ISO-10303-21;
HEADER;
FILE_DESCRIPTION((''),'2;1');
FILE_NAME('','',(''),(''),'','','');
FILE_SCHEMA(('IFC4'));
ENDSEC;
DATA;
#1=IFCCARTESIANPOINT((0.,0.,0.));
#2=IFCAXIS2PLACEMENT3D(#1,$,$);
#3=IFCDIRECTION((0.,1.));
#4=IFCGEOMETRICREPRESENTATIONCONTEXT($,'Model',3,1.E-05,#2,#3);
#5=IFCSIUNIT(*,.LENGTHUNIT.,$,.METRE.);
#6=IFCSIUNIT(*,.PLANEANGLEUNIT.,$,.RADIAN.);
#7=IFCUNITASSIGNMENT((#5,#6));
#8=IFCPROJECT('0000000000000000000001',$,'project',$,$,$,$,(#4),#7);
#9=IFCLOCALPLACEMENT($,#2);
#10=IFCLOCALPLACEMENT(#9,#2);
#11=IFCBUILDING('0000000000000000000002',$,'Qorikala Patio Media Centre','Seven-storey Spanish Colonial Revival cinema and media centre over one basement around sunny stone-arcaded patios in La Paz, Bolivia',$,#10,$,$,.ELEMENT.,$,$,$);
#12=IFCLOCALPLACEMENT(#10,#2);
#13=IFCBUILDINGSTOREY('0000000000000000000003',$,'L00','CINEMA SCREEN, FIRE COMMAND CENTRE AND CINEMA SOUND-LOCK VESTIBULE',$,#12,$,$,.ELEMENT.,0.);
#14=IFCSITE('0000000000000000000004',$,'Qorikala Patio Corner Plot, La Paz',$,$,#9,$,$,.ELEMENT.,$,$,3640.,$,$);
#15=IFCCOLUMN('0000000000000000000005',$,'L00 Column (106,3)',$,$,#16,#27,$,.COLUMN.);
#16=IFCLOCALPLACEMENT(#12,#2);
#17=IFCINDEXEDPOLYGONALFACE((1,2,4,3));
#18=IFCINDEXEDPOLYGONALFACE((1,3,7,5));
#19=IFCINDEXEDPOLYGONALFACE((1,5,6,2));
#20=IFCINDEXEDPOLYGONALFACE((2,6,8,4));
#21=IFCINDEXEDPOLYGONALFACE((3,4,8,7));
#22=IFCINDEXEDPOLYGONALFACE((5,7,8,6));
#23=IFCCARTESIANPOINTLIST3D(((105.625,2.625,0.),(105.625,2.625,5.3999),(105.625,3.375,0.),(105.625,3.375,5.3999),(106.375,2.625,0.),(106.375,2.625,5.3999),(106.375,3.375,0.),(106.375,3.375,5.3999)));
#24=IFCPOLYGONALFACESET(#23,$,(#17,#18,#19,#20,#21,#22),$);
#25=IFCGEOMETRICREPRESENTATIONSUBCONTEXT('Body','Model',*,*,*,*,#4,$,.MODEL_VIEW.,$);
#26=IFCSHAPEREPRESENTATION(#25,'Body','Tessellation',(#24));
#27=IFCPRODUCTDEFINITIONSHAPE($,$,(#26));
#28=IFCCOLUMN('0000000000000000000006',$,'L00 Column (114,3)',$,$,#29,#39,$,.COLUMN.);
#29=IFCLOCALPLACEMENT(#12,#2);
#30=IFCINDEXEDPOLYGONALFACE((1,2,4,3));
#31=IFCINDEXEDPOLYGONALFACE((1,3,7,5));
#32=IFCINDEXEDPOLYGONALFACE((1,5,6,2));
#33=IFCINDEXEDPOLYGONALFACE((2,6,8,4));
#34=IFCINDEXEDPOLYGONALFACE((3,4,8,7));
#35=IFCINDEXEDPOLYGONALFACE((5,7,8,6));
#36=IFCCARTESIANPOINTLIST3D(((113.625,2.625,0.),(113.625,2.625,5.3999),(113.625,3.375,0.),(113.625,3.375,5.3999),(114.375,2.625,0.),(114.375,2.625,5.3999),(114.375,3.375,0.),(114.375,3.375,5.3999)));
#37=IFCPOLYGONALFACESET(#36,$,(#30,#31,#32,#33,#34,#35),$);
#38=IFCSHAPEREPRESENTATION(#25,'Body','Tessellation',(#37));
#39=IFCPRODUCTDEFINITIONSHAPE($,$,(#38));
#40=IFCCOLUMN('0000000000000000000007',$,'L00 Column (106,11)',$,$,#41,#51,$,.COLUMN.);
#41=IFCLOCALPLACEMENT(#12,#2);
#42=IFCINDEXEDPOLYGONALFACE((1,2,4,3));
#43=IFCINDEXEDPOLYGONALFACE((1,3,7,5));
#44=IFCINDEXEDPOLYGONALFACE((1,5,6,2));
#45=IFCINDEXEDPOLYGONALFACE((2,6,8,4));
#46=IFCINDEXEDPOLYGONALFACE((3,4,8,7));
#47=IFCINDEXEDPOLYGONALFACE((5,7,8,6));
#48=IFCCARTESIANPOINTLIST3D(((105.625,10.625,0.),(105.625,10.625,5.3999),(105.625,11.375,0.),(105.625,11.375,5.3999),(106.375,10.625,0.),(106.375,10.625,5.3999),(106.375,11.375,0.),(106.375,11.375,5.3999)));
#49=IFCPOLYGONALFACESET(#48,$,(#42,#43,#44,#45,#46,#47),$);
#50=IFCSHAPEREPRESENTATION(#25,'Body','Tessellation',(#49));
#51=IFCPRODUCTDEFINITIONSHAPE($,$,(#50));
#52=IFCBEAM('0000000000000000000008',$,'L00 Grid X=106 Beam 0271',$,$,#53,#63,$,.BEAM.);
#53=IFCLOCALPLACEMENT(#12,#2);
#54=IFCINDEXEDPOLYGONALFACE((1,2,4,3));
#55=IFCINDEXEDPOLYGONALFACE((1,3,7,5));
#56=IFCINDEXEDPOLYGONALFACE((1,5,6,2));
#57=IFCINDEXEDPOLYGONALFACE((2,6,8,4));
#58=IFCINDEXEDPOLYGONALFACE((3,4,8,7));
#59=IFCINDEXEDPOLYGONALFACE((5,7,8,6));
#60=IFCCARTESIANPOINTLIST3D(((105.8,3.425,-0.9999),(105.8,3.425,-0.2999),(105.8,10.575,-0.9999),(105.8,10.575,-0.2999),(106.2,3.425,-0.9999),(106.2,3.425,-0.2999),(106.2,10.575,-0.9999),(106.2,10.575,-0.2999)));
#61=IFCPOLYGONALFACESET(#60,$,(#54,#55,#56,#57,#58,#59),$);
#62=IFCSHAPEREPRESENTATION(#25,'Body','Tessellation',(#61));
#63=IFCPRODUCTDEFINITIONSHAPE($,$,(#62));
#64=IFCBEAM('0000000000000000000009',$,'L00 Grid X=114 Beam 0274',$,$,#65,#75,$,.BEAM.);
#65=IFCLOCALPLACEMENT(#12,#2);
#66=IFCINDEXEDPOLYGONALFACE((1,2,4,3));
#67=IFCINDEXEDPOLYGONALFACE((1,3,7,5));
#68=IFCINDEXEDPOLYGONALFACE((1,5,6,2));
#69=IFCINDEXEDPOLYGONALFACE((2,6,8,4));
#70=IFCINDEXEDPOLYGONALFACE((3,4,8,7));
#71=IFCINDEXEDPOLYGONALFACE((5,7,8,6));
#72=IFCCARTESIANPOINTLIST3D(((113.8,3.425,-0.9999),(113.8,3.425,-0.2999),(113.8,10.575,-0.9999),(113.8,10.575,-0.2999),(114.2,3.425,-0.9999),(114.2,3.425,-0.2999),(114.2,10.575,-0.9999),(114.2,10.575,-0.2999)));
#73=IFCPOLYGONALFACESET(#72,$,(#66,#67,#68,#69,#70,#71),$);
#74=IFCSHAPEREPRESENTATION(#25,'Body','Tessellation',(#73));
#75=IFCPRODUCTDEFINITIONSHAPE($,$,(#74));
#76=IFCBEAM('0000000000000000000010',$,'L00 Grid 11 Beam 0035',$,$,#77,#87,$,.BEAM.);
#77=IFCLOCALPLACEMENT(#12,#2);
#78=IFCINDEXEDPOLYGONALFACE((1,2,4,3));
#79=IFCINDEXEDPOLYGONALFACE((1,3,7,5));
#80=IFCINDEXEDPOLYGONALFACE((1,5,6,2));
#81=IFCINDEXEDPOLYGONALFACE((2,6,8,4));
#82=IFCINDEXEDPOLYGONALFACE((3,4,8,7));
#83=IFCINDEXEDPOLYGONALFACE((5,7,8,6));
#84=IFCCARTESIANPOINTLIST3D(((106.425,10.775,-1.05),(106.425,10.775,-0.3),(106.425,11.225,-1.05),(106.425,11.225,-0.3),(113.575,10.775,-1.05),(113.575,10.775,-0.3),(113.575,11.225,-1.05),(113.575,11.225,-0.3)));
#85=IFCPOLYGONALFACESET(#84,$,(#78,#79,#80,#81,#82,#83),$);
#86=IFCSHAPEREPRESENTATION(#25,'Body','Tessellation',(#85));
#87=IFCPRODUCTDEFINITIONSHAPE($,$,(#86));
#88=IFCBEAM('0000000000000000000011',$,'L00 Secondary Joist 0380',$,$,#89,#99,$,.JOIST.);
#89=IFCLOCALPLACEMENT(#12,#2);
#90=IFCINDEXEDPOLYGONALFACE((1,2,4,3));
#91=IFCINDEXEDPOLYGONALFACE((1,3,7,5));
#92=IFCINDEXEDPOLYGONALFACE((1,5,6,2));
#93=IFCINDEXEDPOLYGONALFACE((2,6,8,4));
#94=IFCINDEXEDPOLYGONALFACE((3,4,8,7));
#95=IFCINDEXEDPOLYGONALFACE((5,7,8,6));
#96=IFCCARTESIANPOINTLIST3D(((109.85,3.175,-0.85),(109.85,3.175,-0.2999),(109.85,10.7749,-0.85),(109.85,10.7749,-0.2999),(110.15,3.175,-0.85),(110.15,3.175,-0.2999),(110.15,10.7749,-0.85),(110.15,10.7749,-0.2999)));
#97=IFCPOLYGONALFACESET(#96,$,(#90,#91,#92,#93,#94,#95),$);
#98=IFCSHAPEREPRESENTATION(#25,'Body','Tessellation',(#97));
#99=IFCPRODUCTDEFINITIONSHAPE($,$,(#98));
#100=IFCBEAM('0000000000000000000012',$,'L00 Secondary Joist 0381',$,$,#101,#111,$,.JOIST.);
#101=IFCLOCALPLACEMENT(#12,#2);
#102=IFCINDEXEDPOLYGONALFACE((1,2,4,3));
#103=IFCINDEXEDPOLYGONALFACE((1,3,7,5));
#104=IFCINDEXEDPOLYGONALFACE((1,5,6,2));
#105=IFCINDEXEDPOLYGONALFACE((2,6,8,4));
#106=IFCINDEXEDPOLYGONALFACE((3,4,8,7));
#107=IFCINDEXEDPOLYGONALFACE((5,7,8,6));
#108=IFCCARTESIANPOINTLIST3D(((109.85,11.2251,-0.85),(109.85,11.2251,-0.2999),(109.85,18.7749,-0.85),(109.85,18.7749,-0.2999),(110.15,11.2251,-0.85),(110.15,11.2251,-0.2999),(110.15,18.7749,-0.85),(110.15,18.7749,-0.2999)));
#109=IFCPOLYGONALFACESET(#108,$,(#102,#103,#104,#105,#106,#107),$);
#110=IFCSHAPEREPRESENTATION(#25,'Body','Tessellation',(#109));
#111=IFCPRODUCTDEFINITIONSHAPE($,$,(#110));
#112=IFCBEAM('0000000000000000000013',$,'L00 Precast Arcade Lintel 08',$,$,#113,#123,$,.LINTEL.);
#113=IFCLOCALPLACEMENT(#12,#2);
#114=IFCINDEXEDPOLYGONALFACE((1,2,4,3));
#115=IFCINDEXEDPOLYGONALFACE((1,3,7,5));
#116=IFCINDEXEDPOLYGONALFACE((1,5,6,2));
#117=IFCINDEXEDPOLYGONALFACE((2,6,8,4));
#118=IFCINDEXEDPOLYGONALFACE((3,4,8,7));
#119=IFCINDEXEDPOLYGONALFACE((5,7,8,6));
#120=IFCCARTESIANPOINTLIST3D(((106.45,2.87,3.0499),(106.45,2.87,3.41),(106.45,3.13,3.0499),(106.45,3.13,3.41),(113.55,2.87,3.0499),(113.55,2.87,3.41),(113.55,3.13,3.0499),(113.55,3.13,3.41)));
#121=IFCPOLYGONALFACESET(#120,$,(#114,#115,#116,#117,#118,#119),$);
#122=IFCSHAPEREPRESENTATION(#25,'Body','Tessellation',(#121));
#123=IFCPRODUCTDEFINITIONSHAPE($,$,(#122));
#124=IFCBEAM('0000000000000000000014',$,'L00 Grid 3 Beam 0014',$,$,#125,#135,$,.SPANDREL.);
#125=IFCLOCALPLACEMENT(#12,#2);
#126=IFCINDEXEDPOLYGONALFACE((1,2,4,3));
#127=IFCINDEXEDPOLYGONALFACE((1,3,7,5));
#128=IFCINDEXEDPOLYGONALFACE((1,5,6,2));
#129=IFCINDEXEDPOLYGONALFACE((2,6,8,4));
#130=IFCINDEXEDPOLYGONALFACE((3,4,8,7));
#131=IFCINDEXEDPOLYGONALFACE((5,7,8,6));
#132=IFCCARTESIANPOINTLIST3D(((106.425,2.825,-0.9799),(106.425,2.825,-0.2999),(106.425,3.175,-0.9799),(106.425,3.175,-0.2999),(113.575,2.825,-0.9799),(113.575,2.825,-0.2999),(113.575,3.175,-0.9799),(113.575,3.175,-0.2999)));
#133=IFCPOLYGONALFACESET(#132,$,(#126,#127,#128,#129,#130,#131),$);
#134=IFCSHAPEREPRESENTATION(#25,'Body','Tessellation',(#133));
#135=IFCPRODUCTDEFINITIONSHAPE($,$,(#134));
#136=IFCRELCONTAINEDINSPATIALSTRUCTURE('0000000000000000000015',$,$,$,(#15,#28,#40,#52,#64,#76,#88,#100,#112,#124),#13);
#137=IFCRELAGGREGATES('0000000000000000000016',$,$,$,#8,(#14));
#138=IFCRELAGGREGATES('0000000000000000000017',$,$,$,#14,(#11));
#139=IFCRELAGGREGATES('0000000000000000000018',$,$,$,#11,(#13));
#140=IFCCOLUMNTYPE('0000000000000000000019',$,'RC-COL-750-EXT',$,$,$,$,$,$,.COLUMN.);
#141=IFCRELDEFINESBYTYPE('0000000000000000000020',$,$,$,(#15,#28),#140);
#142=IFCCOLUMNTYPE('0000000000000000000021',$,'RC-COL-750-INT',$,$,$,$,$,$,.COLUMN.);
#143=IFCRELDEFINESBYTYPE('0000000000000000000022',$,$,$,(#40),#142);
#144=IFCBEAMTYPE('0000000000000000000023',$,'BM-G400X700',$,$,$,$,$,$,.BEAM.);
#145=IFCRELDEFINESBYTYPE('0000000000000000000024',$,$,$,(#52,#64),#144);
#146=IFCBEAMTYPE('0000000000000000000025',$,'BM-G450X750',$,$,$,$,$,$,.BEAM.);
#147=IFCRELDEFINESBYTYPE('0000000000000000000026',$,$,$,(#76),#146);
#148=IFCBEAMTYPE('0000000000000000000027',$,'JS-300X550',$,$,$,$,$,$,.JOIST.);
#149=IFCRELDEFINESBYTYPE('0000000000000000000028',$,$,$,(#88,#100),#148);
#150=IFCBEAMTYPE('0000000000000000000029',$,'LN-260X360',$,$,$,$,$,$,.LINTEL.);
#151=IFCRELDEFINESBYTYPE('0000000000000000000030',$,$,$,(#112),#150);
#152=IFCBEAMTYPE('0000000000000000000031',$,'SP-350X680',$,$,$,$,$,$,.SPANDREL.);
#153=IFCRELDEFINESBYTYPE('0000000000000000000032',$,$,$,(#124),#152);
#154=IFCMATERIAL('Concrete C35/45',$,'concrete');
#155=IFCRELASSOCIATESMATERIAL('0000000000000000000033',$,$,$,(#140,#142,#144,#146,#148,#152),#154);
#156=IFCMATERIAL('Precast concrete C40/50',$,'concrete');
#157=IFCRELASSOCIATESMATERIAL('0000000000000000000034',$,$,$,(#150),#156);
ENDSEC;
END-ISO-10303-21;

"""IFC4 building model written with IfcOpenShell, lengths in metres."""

from ifc_helpers import new_model, si_unit, direction, frame, origin, origin_2d, place, context, subcontext, project, spatial, rectangle, extrude, material, material_profile, profile_set, type_object, element, save


model = new_model("IFC4")

# Units and contexts
model_context = context("Model", 3, precision=1e-05, world=origin(), true_north=direction((0.0, 1.0)))
body_context = subcontext(model_context, "Body", "Model", "MODEL_VIEW")
ifc_project = project(units=[si_unit("LENGTHUNIT", "METRE"), si_unit("PLANEANGLEUNIT", "RADIAN")], contexts=[model_context])

# Site, building, storey
site_placement = place(None, origin())
site = spatial("IfcSite", under=ifc_project, at=site_placement, Name="Qorikala Patio Corner Plot, La Paz", CompositionType="ELEMENT", RefElevation=3640.0)
building_placement = place(site_placement, origin())
building = spatial("IfcBuilding", under=site, at=building_placement, Name="Qorikala Patio Media Centre", Description="Seven-storey Spanish Colonial Revival cinema and media centre over one basement around sunny stone-arcaded patios in La Paz, Bolivia", CompositionType="ELEMENT")
storey_placement = place(building_placement, origin())
storey = spatial("IfcBuildingStorey", under=building, at=storey_placement, Name="L00", Description="CINEMA SCREEN, FIRE COMMAND CENTRE AND CINEMA SOUND-LOCK VESTIBULE", CompositionType="ELEMENT", Elevation=0.0)

# Columns
ifc_material_1 = material(Name="Concrete C35/45", Category="concrete")
ifc_material_profile_1 = material_profile(ifc_material_1, rectangle(XDim=0.75, YDim=0.75, at=origin_2d()), Name="RC 750x750")
ifc_profile_set_1 = profile_set([ifc_material_profile_1], Name="Concrete C35/45")
column_type_1 = type_object("IfcColumnType", Name="RC-COL-750-EXT", PredefinedType="COLUMN", material=ifc_profile_set_1)
for number, where, z_axis, x_axis, name in (
    (1, (106.0, 3.0, 0.0), (0.0, 0.0, 1.0), (1.0, 0.0, 0.0), "L00 Column (106,3)"),
    (2, (114.0, 3.0, 0.0), (0.0, 0.0, 1.0), (1.0, 0.0, 0.0), "L00 Column (114,3)"),
):
    element("IfcColumn", number, at=place(storey_placement, frame(where, z_axis=z_axis, x_axis=x_axis)), inside=storey, type_object=column_type_1, Name=name, PredefinedType="COLUMN", context=body_context, shape_type="SweptSolid", body=[
        extrude(rectangle(XDim=0.75, YDim=0.75, at=origin_2d()), origin(), (0.0, 0.0, 1.0), 5.3999),
    ])
ifc_material_profile_2 = material_profile(ifc_material_1, rectangle(XDim=0.75, YDim=0.75, at=origin_2d()), Name="RC 750x750")
ifc_profile_set_2 = profile_set([ifc_material_profile_2], Name="Concrete C35/45")
column_type_2 = type_object("IfcColumnType", Name="RC-COL-750-INT", PredefinedType="COLUMN", material=ifc_profile_set_2)
column_placement = place(storey_placement, frame((106.0, 11.0, 0.0), z_axis=(0.0, 0.0, 1.0), x_axis=(1.0, 0.0, 0.0)))
element("IfcColumn", 3, at=column_placement, inside=storey, type_object=column_type_2, Name="L00 Column (106,11)", PredefinedType="COLUMN", context=body_context, shape_type="SweptSolid", body=[
    extrude(rectangle(XDim=0.75, YDim=0.75, at=origin_2d()), origin(), (0.0, 0.0, 1.0), 5.3999),
])

# Beams
ifc_material_profile_3 = material_profile(ifc_material_1, rectangle(XDim=0.3999, YDim=0.7, at=origin_2d()), Name="RC 400x700")
ifc_profile_set_3 = profile_set([ifc_material_profile_3], Name="Concrete C35/45")
beam_type_1 = type_object("IfcBeamType", Name="BM-G400X700", PredefinedType="BEAM", material=ifc_profile_set_3)
for number, where, z_axis, x_axis, name in (
    (4, (106.0, 3.425, -0.6499), (0.0, 1.0, 0.0), (-1.0, 0.0, 0.0), "L00 Grid X=106 Beam 0271"),
    (5, (114.0, 3.425, -0.6499), (0.0, 1.0, 0.0), (-1.0, 0.0, 0.0), "L00 Grid X=114 Beam 0274"),
):
    element("IfcBeam", number, at=place(storey_placement, frame(where, z_axis=z_axis, x_axis=x_axis)), inside=storey, type_object=beam_type_1, Name=name, PredefinedType="BEAM", context=body_context, shape_type="SweptSolid", body=[
        extrude(rectangle(XDim=0.3999, YDim=0.7, at=origin_2d()), origin(), (0.0, 0.0, 1.0), 7.1499),
    ])
ifc_material_profile_4 = material_profile(ifc_material_1, rectangle(XDim=0.45, YDim=0.75, at=origin_2d()), Name="RC 450x750")
ifc_profile_set_4 = profile_set([ifc_material_profile_4], Name="Concrete C35/45")
beam_type_2 = type_object("IfcBeamType", Name="BM-G450X750", PredefinedType="BEAM", material=ifc_profile_set_4)
beam_1_placement = place(storey_placement, frame((106.425, 11.0, -0.675), z_axis=(1.0, 0.0, 0.0), x_axis=(0.0, 1.0, 0.0)))
element("IfcBeam", 6, at=beam_1_placement, inside=storey, type_object=beam_type_2, Name="L00 Grid 11 Beam 0035", PredefinedType="BEAM", context=body_context, shape_type="SweptSolid", body=[
    extrude(rectangle(XDim=0.45, YDim=0.75, at=origin_2d()), origin(), (0.0, 0.0, 1.0), 7.1499),
])
ifc_material_profile_5 = material_profile(ifc_material_1, rectangle(XDim=0.3, YDim=0.55, at=origin_2d()), Name="RC 300x550")
ifc_profile_set_5 = profile_set([ifc_material_profile_5], Name="Concrete C35/45")
beam_type_3 = type_object("IfcBeamType", Name="JS-300X550", PredefinedType="JOIST", material=ifc_profile_set_5)
beam_2_placement = place(storey_placement, frame((110.0, 3.175, -0.575), z_axis=(0.0, 1.0, 0.0), x_axis=(-1.0, 0.0, 0.0)))
element("IfcBeam", 7, at=beam_2_placement, inside=storey, type_object=beam_type_3, Name="L00 Secondary Joist 0380", PredefinedType="JOIST", context=body_context, shape_type="SweptSolid", body=[
    extrude(rectangle(XDim=0.3, YDim=0.55, at=origin_2d()), origin(), (0.0, 0.0, 1.0), 7.5999),
])
beam_3_placement = place(storey_placement, frame((110.0, 11.2251, -0.575), z_axis=(0.0, 1.0, 0.0), x_axis=(-1.0, 0.0, 0.0)))
element("IfcBeam", 8, at=beam_3_placement, inside=storey, type_object=beam_type_3, Name="L00 Secondary Joist 0381", PredefinedType="JOIST", context=body_context, shape_type="SweptSolid", body=[
    extrude(rectangle(XDim=0.3, YDim=0.55, at=origin_2d()), origin(), (0.0, 0.0, 1.0), 7.5498),
])
ifc_material_2 = material(Name="Precast concrete C40/50", Category="concrete")
ifc_material_profile_6 = material_profile(ifc_material_2, rectangle(XDim=0.26, YDim=0.3601, at=origin_2d()), Name="RC 260x360")
ifc_profile_set_6 = profile_set([ifc_material_profile_6], Name="Precast concrete C40/50")
beam_type_4 = type_object("IfcBeamType", Name="LN-260X360", PredefinedType="LINTEL", material=ifc_profile_set_6)
beam_4_placement = place(storey_placement, frame((106.45, 3.0, 3.23), z_axis=(1.0, 0.0, 0.0), x_axis=(0.0, 1.0, 0.0)))
element("IfcBeam", 9, at=beam_4_placement, inside=storey, type_object=beam_type_4, Name="L00 Precast Arcade Lintel 08", PredefinedType="LINTEL", context=body_context, shape_type="SweptSolid", body=[
    extrude(rectangle(XDim=0.26, YDim=0.3601, at=origin_2d()), origin(), (0.0, 0.0, 1.0), 7.1001),
])
ifc_material_profile_7 = material_profile(ifc_material_1, rectangle(XDim=0.3501, YDim=0.6799, at=origin_2d()), Name="RC 350x680")
ifc_profile_set_7 = profile_set([ifc_material_profile_7], Name="Concrete C35/45")
beam_type_5 = type_object("IfcBeamType", Name="SP-350X680", PredefinedType="SPANDREL", material=ifc_profile_set_7)
beam_5_placement = place(storey_placement, frame((106.425, 3.0, -0.6399), z_axis=(1.0, 0.0, 0.0), x_axis=(0.0, 1.0, 0.0)))
element("IfcBeam", 10, at=beam_5_placement, inside=storey, type_object=beam_type_5, Name="L00 Grid 3 Beam 0014", PredefinedType="SPANDREL", context=body_context, shape_type="SweptSolid", body=[
    extrude(rectangle(XDim=0.3501, YDim=0.6799, at=origin_2d()), origin(), (0.0, 0.0, 1.0), 7.1499),
])

save(model, "model.ifc")
